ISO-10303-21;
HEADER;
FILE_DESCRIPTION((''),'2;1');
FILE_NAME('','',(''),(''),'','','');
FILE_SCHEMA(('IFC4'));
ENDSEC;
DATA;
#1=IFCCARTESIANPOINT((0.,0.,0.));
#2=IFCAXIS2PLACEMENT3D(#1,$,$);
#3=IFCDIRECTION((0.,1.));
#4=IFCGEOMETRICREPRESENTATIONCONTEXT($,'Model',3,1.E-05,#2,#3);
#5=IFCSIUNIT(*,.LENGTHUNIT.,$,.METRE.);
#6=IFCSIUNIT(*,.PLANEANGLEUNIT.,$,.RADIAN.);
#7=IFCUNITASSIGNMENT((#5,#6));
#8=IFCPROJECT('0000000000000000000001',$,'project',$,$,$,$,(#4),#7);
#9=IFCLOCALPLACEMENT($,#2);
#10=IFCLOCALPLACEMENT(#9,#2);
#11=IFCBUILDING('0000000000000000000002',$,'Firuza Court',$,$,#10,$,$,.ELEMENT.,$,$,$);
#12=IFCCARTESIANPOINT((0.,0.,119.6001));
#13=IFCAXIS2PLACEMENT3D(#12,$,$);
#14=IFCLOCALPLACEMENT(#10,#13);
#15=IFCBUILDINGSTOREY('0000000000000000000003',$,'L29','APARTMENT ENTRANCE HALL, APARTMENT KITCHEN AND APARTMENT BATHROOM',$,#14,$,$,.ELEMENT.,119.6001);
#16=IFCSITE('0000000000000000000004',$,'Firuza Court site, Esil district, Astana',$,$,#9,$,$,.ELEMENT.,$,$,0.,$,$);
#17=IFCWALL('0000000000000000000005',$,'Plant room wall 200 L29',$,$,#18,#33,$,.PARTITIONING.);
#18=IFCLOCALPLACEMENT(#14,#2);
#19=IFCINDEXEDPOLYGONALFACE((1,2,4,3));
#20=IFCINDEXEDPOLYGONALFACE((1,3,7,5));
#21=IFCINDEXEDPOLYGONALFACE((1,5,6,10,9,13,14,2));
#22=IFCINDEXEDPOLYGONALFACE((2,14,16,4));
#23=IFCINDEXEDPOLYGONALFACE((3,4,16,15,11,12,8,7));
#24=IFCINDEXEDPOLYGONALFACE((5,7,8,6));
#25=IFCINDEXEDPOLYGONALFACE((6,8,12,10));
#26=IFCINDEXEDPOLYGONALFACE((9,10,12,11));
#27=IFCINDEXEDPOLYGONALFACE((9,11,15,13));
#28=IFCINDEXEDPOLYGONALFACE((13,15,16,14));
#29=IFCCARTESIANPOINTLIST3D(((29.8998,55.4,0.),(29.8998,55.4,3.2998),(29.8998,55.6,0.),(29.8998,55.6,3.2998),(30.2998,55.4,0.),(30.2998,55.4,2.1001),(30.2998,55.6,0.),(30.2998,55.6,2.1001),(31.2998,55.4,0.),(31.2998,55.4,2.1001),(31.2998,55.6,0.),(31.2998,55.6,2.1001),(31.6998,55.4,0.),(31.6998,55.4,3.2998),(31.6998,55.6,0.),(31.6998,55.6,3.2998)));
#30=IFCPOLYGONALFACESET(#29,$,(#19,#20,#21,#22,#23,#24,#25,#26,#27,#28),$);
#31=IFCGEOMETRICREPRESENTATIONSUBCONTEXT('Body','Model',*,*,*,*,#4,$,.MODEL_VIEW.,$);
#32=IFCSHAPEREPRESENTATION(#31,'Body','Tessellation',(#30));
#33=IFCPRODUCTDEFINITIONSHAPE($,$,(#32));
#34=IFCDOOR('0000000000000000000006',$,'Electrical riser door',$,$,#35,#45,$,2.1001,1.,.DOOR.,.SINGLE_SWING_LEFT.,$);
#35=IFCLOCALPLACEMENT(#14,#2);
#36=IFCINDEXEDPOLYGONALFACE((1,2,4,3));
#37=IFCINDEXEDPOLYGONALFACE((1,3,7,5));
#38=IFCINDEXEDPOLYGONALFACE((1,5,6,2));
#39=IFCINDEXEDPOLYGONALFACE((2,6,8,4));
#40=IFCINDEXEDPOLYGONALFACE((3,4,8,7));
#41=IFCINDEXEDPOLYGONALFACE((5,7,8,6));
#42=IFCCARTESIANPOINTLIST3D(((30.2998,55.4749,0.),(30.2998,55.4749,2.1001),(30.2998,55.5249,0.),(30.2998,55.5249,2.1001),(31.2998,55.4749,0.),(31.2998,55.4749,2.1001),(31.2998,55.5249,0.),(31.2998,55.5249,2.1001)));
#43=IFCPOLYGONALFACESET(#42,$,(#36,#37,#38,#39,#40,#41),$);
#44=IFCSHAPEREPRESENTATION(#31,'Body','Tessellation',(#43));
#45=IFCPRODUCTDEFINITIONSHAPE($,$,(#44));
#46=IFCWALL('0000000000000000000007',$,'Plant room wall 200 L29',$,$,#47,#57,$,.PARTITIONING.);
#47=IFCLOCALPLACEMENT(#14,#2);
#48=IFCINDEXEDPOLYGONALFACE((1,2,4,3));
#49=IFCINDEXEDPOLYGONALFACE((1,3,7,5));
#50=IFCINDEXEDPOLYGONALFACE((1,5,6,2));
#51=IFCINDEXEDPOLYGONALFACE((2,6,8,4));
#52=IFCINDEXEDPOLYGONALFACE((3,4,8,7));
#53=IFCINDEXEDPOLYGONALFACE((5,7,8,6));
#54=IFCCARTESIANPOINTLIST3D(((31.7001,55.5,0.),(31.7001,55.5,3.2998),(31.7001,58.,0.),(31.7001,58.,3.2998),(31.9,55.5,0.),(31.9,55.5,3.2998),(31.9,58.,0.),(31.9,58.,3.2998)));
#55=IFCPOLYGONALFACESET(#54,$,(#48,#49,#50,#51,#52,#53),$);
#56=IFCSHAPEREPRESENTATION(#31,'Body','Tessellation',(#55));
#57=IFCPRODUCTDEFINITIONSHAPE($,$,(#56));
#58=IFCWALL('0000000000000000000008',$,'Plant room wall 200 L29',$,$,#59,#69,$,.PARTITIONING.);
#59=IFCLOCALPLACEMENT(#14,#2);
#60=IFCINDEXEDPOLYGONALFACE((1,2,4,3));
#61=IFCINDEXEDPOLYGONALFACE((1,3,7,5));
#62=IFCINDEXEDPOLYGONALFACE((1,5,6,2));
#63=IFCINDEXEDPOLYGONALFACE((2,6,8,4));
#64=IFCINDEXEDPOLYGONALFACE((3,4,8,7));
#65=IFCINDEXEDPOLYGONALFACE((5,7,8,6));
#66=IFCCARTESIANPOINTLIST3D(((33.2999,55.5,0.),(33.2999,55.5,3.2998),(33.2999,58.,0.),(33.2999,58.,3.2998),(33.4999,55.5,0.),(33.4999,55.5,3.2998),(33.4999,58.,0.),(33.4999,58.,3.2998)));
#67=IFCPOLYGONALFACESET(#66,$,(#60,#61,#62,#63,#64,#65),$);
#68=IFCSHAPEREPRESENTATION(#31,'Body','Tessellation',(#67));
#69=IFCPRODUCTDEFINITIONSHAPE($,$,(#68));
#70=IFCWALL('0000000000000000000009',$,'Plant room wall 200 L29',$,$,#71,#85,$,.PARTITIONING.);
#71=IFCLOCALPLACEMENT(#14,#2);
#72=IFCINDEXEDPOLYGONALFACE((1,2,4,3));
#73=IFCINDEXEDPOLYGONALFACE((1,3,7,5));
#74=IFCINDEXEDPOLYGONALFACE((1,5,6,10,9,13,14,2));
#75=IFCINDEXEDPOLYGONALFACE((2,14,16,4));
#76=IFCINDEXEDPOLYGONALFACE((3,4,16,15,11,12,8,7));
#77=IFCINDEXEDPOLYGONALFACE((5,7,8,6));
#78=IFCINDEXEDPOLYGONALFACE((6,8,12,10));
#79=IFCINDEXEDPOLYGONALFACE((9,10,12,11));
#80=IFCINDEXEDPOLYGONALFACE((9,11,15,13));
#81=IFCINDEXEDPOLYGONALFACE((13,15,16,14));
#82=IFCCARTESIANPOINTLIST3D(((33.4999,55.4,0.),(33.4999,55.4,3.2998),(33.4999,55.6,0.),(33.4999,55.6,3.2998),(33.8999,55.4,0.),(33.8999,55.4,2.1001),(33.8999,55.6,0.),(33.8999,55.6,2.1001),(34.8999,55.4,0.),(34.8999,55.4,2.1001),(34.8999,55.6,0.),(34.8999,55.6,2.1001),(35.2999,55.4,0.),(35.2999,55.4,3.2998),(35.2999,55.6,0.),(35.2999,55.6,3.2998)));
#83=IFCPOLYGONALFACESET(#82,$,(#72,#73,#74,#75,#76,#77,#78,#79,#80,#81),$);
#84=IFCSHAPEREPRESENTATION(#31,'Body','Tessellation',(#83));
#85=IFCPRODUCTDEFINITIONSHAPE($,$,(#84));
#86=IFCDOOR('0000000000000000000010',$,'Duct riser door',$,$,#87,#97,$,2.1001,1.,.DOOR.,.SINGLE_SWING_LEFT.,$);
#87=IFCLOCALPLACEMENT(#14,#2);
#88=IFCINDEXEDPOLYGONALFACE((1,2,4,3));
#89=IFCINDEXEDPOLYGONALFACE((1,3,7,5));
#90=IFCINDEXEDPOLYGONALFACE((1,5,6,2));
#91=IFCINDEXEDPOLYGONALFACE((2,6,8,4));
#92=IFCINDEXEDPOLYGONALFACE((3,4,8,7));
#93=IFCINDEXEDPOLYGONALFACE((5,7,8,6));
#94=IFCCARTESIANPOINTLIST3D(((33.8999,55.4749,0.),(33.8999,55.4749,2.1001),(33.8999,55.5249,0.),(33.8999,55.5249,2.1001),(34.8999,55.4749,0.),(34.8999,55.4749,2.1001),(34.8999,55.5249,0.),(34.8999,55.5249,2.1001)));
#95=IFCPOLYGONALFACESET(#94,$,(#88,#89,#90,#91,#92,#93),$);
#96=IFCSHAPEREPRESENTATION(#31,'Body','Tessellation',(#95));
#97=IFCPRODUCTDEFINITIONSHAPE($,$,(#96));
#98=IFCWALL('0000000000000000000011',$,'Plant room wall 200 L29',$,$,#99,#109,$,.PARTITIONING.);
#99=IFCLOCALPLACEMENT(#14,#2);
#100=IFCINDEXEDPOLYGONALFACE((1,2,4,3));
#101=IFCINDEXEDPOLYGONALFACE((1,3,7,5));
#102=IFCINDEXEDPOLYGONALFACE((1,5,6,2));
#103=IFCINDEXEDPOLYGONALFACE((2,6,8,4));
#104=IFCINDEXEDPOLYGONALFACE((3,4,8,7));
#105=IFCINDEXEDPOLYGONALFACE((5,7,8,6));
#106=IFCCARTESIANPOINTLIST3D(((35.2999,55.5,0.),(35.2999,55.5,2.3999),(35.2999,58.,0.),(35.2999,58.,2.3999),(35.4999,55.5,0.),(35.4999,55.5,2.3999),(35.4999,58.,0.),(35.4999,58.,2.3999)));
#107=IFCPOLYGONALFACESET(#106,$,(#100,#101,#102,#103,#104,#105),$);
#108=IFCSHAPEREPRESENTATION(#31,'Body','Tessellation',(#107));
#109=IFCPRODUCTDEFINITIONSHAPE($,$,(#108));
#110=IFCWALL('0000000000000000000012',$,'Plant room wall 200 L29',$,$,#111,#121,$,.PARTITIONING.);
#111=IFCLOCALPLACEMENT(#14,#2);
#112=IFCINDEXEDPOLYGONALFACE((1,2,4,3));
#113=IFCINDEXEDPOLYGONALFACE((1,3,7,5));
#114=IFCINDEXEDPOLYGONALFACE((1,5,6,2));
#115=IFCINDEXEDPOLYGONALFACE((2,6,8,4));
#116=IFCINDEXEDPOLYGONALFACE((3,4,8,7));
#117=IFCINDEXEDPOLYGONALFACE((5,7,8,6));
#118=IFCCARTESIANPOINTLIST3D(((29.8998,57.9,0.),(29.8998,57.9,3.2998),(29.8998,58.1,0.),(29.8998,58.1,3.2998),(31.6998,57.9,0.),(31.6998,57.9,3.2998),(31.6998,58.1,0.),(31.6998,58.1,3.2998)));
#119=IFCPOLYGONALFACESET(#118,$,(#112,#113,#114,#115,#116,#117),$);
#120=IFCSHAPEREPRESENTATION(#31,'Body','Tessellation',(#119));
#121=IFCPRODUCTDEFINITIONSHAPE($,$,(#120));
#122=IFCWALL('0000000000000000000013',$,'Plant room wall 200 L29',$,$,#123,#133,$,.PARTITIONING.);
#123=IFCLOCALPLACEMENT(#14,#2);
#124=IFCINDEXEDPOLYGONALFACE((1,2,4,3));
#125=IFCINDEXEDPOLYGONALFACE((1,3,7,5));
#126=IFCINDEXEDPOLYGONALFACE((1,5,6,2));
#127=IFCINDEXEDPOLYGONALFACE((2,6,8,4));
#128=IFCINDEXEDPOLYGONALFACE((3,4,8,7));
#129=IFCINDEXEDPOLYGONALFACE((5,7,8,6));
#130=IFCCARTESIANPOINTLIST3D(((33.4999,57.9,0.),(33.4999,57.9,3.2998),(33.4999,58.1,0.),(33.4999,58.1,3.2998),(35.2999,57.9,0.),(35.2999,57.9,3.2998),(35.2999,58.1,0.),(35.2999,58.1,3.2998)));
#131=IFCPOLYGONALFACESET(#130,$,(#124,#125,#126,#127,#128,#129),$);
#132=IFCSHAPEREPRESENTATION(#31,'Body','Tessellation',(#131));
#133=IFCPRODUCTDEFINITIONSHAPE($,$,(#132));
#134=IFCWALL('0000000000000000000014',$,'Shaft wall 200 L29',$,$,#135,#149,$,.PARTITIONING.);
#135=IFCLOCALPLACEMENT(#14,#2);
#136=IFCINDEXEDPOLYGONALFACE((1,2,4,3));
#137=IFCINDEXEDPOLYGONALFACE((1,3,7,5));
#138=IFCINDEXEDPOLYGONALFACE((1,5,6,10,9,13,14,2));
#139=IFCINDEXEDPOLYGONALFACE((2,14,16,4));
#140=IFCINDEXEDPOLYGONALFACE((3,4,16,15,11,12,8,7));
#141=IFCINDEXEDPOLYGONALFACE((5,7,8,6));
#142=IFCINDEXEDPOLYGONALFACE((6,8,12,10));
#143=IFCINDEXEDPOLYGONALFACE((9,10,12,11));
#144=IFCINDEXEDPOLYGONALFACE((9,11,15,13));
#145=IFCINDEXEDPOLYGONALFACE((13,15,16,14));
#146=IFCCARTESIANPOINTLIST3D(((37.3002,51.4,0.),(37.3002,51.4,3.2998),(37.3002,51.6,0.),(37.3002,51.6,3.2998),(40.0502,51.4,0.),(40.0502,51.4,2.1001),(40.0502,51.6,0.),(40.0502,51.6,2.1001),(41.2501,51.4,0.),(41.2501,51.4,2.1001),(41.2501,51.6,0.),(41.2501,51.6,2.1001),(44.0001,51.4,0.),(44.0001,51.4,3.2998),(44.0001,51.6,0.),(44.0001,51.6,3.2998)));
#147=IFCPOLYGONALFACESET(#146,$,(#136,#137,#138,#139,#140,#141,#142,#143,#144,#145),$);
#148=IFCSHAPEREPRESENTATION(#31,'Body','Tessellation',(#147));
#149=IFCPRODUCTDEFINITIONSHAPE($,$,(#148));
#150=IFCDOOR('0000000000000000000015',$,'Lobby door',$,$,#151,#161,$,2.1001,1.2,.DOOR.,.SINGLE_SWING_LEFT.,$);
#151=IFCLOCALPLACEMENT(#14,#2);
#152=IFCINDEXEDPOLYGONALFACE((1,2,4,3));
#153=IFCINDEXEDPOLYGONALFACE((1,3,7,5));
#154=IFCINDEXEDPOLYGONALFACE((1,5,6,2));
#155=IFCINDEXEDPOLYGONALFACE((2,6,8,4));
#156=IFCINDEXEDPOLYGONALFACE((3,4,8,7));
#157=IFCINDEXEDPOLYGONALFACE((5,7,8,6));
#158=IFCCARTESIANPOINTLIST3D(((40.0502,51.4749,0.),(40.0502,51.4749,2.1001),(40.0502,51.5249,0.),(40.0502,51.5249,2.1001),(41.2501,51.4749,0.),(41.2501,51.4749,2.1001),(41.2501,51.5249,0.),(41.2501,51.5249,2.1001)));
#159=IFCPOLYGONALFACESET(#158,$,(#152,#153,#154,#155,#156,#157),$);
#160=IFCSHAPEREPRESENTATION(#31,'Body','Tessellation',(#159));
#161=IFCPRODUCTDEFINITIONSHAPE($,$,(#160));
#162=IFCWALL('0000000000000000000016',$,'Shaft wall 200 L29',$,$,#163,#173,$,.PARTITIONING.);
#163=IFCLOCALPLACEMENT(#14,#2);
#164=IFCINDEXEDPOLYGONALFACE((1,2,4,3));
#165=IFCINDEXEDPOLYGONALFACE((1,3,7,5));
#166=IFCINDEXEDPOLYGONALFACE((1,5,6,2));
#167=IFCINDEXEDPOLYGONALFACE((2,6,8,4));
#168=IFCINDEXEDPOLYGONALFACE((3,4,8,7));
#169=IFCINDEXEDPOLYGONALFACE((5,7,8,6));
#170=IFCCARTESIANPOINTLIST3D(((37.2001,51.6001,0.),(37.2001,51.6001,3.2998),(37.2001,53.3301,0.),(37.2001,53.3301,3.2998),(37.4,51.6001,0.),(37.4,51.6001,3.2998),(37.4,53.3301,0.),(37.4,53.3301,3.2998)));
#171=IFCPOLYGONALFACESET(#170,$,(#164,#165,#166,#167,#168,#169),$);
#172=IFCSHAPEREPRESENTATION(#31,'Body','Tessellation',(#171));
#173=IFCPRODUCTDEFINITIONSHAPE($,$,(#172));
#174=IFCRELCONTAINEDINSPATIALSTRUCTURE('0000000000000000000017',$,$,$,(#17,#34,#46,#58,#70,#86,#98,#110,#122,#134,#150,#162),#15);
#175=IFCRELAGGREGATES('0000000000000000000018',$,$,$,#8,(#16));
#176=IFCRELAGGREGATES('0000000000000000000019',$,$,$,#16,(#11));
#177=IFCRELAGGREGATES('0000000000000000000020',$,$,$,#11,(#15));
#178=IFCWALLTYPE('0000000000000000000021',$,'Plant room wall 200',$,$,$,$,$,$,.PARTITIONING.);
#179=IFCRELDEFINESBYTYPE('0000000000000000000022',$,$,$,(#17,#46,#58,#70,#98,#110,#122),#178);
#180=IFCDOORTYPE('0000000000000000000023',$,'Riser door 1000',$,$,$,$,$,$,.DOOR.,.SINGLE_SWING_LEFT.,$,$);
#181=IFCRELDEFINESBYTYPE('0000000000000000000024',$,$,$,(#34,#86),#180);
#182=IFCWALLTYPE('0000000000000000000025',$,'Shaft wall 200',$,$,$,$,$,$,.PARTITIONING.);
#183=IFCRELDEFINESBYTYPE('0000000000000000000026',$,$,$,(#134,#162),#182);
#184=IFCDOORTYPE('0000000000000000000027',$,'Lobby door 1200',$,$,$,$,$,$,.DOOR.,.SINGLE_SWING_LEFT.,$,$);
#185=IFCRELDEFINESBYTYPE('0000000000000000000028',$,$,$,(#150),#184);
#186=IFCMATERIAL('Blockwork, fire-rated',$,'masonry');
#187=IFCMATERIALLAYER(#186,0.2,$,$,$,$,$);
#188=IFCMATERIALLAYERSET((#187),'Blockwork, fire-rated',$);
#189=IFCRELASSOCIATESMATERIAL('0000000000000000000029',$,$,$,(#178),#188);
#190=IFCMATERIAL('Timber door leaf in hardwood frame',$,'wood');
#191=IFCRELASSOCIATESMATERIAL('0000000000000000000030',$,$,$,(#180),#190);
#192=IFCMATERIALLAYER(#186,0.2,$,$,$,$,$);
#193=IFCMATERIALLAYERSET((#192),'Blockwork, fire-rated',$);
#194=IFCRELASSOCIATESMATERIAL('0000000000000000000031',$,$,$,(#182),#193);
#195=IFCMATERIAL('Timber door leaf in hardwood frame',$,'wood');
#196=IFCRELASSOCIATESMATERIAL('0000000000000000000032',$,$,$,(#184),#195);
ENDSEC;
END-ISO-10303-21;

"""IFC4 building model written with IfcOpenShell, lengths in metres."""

from ifc_helpers import new_model, si_unit, direction, frame, frame_2d, origin, place, context, subcontext, project, spatial, rectangle, extrude, material, layer, layer_set, type_object, element, fill, save


model = new_model("IFC4")

# Units and contexts
model_context = context("Model", 3, precision=1e-05, world=origin(), true_north=direction((0.0, 1.0)))
body_context = subcontext(model_context, "Body", "Model", "MODEL_VIEW")
ifc_project = project(units=[si_unit("LENGTHUNIT", "METRE"), si_unit("PLANEANGLEUNIT", "RADIAN")], contexts=[model_context])

# Site, building, storey
site_placement = place(None, origin())
site = spatial("IfcSite", under=ifc_project, at=site_placement, Name="Firuza Court site, Esil district, Astana", CompositionType="ELEMENT", RefElevation=0.0)
building_placement = place(site_placement, origin())
building = spatial("IfcBuilding", under=site, at=building_placement, Name="Firuza Court", CompositionType="ELEMENT")
storey_placement = place(building_placement, frame((0.0, 0.0, 119.6001)))
storey = spatial("IfcBuildingStorey", under=building, at=storey_placement, Name="L29", Description="APARTMENT ENTRANCE HALL, APARTMENT KITCHEN AND APARTMENT BATHROOM", CompositionType="ELEMENT", Elevation=119.6001)

# Wall, opening, door
ifc_material_1 = material(Name="Blockwork, fire-rated", Category="masonry")
ifc_layer_1 = layer(ifc_material_1, 0.2)
ifc_layer_set_1 = layer_set([ifc_layer_1], Name="Blockwork, fire-rated")
wall_type_1 = type_object("IfcWallType", Name="Plant room wall 200", PredefinedType="PARTITIONING", material=ifc_layer_set_1)
wall_1_placement = place(storey_placement, frame((29.8999, 55.5, 0.0), z_axis=(0.0, 0.0, 1.0), x_axis=(1.0, 0.0, 0.0)))
wall_1 = element("IfcWall", 1, at=wall_1_placement, inside=storey, type_object=wall_type_1, Name="Plant room wall 200 L29", PredefinedType="PARTITIONING", context=body_context, shape_type="SweptSolid", body=[
    extrude(rectangle(XDim=1.8, YDim=0.2, at=frame_2d((0.8999, 0.0))), origin(), (0.0, 0.0, 1.0), 3.2998),
])
opening_1_placement = place(wall_1_placement, frame((0.3999, 0.0, 0.0)))
opening_1 = element("IfcOpeningElement", 2, at=opening_1_placement, cuts=wall_1, PredefinedType="OPENING", context=body_context, shape_type="SweptSolid", body=[
    extrude(rectangle(XDim=1.0, YDim=2.1001, at=frame_2d((0.5, 1.05))), frame((0.0, 0.1118, 0.0), z_axis=(0.0, -1.0, 0.0), x_axis=(1.0, 0.0, 0.0)), (0.0, 0.0, 1.0), 0.2239),
])
ifc_material_2 = material(Name="Timber door leaf in hardwood frame", Category="wood")
door_type_1 = type_object("IfcDoorType", Name="Riser door 1000", OperationType="SINGLE_SWING_LEFT", PredefinedType="DOOR", material=ifc_material_2)
door_1_placement = place(opening_1_placement, origin())
door_1 = element("IfcDoor", 3, at=door_1_placement, inside=storey, type_object=door_type_1, Name="Electrical riser door", OperationType="SINGLE_SWING_LEFT", OverallHeight=2.1001, OverallWidth=1.0, PredefinedType="DOOR", context=body_context, shape_type="SweptSolid", body=[
    extrude(rectangle(XDim=1.0, YDim=2.1001, at=frame_2d((0.5, 1.05))), frame((0.0, 0.0249, 0.0), z_axis=(0.0, -1.0, 0.0), x_axis=(1.0, 0.0, 0.0)), (0.0, 0.0, 1.0), 0.05),
])
fill(opening_1, door_1)

# Walls
for number, where, z_axis, x_axis, name in (
    (4, (31.8, 55.5, 0.0), (0.0, 0.0, 1.0), (0.0, 1.0, 0.0), "Plant room wall 200 L29"),
    (5, (33.3999, 55.5, 0.0), (0.0, 0.0, 1.0), (0.0, 1.0, 0.0), "Plant room wall 200 L29"),
):
    element("IfcWall", number, at=place(storey_placement, frame(where, z_axis=z_axis, x_axis=x_axis)), inside=storey, type_object=wall_type_1, Name=name, PredefinedType="PARTITIONING", context=body_context, shape_type="SweptSolid", body=[
        extrude(rectangle(XDim=2.5, YDim=0.2, at=frame_2d((1.25, 0.0))), origin(), (0.0, 0.0, 1.0), 3.2998),
    ])

# Wall, opening, door
wall_2_placement = place(storey_placement, frame((33.5, 55.5, 0.0), z_axis=(0.0, 0.0, 1.0), x_axis=(1.0, 0.0, 0.0)))
wall_2 = element("IfcWall", 6, at=wall_2_placement, inside=storey, type_object=wall_type_1, Name="Plant room wall 200 L29", PredefinedType="PARTITIONING", context=body_context, shape_type="SweptSolid", body=[
    extrude(rectangle(XDim=1.8, YDim=0.2, at=frame_2d((0.8999, 0.0))), origin(), (0.0, 0.0, 1.0), 3.2998),
])
opening_2_placement = place(wall_2_placement, frame((0.3999, 0.0, 0.0)))
opening_2 = element("IfcOpeningElement", 7, at=opening_2_placement, cuts=wall_2, PredefinedType="OPENING", context=body_context, shape_type="SweptSolid", body=[
    extrude(rectangle(XDim=1.0, YDim=2.1001, at=frame_2d((0.5, 1.05))), frame((0.0, 0.1118, 0.0), z_axis=(0.0, -1.0, 0.0), x_axis=(1.0, 0.0, 0.0)), (0.0, 0.0, 1.0), 0.2239),
])
door_2_placement = place(opening_2_placement, origin())
door_2 = element("IfcDoor", 8, at=door_2_placement, inside=storey, type_object=door_type_1, Name="Duct riser door", OperationType="SINGLE_SWING_LEFT", OverallHeight=2.1001, OverallWidth=1.0, PredefinedType="DOOR", context=body_context, shape_type="SweptSolid", body=[
    extrude(rectangle(XDim=1.0, YDim=2.1001, at=frame_2d((0.5, 1.05))), frame((0.0, 0.0249, 0.0), z_axis=(0.0, -1.0, 0.0), x_axis=(1.0, 0.0, 0.0)), (0.0, 0.0, 1.0), 0.05),
])
fill(opening_2, door_2)

# Walls
wall_3_placement = place(storey_placement, frame((35.3999, 55.5, 0.0), z_axis=(0.0, 0.0, 1.0), x_axis=(0.0, 1.0, 0.0)))
element("IfcWall", 9, at=wall_3_placement, inside=storey, type_object=wall_type_1, Name="Plant room wall 200 L29", PredefinedType="PARTITIONING", context=body_context, shape_type="SweptSolid", body=[
    extrude(rectangle(XDim=2.5, YDim=0.2, at=frame_2d((1.25, 0.0))), origin(), (0.0, 0.0, 1.0), 2.3999),
])
for number, where, z_axis, x_axis, name in (
    (10, (29.8999, 58.0, 0.0), (0.0, 0.0, 1.0), (1.0, 0.0, 0.0), "Plant room wall 200 L29"),
    (11, (33.5, 58.0, 0.0), (0.0, 0.0, 1.0), (1.0, 0.0, 0.0), "Plant room wall 200 L29"),
):
    element("IfcWall", number, at=place(storey_placement, frame(where, z_axis=z_axis, x_axis=x_axis)), inside=storey, type_object=wall_type_1, Name=name, PredefinedType="PARTITIONING", context=body_context, shape_type="SweptSolid", body=[
        extrude(rectangle(XDim=1.8, YDim=0.2, at=frame_2d((0.8999, 0.0))), origin(), (0.0, 0.0, 1.0), 3.2998),
    ])

# Wall, opening, door
ifc_layer_2 = layer(ifc_material_1, 0.2)
ifc_layer_set_2 = layer_set([ifc_layer_2], Name="Blockwork, fire-rated")
wall_type_2 = type_object("IfcWallType", Name="Shaft wall 200", PredefinedType="PARTITIONING", material=ifc_layer_set_2)
wall_4_placement = place(storey_placement, frame((37.3, 51.5, 0.0), z_axis=(0.0, 0.0, 1.0), x_axis=(1.0, 0.0, 0.0)))
wall_4 = element("IfcWall", 12, at=wall_4_placement, inside=storey, type_object=wall_type_2, Name="Shaft wall 200 L29", PredefinedType="PARTITIONING", context=body_context, shape_type="SweptSolid", body=[
    extrude(rectangle(XDim=6.7, YDim=0.2, at=frame_2d((3.3501, 0.0))), origin(), (0.0, 0.0, 1.0), 3.2998),
])
opening_3_placement = place(wall_4_placement, frame((2.75, 0.0, 0.0)))
opening_3 = element("IfcOpeningElement", 13, at=opening_3_placement, cuts=wall_4, PredefinedType="OPENING", context=body_context, shape_type="SweptSolid", body=[
    extrude(rectangle(XDim=1.2, YDim=2.1001, at=frame_2d((0.6001, 1.05))), frame((0.0, 0.1118, 0.0), z_axis=(0.0, -1.0, 0.0), x_axis=(1.0, 0.0, 0.0)), (0.0, 0.0, 1.0), 0.2239),
])
ifc_material_3 = material(Name="Timber door leaf in hardwood frame", Category="wood")
door_type_2 = type_object("IfcDoorType", Name="Lobby door 1200", OperationType="SINGLE_SWING_LEFT", PredefinedType="DOOR", material=ifc_material_3)
door_3_placement = place(opening_3_placement, origin())
door_3 = element("IfcDoor", 14, at=door_3_placement, inside=storey, type_object=door_type_2, Name="Lobby door", OperationType="SINGLE_SWING_LEFT", OverallHeight=2.1001, OverallWidth=1.2, PredefinedType="DOOR", context=body_context, shape_type="SweptSolid", body=[
    extrude(rectangle(XDim=1.2, YDim=2.1001, at=frame_2d((0.6001, 1.05))), frame((0.0, 0.0249, 0.0), z_axis=(0.0, -1.0, 0.0), x_axis=(1.0, 0.0, 0.0)), (0.0, 0.0, 1.0), 0.05),
])
fill(opening_3, door_3)

# Wall
wall_5_placement = place(storey_placement, frame((37.3, 51.6001, 0.0), z_axis=(0.0, 0.0, 1.0), x_axis=(0.0, 1.0, 0.0)))
element("IfcWall", 15, at=wall_5_placement, inside=storey, type_object=wall_type_2, Name="Shaft wall 200 L29", PredefinedType="PARTITIONING", context=body_context, shape_type="SweptSolid", body=[
    extrude(rectangle(XDim=1.73, YDim=0.2, at=frame_2d((0.865, 0.0))), origin(), (0.0, 0.0, 1.0), 3.2998),
])

save(model, "model.ifc")
